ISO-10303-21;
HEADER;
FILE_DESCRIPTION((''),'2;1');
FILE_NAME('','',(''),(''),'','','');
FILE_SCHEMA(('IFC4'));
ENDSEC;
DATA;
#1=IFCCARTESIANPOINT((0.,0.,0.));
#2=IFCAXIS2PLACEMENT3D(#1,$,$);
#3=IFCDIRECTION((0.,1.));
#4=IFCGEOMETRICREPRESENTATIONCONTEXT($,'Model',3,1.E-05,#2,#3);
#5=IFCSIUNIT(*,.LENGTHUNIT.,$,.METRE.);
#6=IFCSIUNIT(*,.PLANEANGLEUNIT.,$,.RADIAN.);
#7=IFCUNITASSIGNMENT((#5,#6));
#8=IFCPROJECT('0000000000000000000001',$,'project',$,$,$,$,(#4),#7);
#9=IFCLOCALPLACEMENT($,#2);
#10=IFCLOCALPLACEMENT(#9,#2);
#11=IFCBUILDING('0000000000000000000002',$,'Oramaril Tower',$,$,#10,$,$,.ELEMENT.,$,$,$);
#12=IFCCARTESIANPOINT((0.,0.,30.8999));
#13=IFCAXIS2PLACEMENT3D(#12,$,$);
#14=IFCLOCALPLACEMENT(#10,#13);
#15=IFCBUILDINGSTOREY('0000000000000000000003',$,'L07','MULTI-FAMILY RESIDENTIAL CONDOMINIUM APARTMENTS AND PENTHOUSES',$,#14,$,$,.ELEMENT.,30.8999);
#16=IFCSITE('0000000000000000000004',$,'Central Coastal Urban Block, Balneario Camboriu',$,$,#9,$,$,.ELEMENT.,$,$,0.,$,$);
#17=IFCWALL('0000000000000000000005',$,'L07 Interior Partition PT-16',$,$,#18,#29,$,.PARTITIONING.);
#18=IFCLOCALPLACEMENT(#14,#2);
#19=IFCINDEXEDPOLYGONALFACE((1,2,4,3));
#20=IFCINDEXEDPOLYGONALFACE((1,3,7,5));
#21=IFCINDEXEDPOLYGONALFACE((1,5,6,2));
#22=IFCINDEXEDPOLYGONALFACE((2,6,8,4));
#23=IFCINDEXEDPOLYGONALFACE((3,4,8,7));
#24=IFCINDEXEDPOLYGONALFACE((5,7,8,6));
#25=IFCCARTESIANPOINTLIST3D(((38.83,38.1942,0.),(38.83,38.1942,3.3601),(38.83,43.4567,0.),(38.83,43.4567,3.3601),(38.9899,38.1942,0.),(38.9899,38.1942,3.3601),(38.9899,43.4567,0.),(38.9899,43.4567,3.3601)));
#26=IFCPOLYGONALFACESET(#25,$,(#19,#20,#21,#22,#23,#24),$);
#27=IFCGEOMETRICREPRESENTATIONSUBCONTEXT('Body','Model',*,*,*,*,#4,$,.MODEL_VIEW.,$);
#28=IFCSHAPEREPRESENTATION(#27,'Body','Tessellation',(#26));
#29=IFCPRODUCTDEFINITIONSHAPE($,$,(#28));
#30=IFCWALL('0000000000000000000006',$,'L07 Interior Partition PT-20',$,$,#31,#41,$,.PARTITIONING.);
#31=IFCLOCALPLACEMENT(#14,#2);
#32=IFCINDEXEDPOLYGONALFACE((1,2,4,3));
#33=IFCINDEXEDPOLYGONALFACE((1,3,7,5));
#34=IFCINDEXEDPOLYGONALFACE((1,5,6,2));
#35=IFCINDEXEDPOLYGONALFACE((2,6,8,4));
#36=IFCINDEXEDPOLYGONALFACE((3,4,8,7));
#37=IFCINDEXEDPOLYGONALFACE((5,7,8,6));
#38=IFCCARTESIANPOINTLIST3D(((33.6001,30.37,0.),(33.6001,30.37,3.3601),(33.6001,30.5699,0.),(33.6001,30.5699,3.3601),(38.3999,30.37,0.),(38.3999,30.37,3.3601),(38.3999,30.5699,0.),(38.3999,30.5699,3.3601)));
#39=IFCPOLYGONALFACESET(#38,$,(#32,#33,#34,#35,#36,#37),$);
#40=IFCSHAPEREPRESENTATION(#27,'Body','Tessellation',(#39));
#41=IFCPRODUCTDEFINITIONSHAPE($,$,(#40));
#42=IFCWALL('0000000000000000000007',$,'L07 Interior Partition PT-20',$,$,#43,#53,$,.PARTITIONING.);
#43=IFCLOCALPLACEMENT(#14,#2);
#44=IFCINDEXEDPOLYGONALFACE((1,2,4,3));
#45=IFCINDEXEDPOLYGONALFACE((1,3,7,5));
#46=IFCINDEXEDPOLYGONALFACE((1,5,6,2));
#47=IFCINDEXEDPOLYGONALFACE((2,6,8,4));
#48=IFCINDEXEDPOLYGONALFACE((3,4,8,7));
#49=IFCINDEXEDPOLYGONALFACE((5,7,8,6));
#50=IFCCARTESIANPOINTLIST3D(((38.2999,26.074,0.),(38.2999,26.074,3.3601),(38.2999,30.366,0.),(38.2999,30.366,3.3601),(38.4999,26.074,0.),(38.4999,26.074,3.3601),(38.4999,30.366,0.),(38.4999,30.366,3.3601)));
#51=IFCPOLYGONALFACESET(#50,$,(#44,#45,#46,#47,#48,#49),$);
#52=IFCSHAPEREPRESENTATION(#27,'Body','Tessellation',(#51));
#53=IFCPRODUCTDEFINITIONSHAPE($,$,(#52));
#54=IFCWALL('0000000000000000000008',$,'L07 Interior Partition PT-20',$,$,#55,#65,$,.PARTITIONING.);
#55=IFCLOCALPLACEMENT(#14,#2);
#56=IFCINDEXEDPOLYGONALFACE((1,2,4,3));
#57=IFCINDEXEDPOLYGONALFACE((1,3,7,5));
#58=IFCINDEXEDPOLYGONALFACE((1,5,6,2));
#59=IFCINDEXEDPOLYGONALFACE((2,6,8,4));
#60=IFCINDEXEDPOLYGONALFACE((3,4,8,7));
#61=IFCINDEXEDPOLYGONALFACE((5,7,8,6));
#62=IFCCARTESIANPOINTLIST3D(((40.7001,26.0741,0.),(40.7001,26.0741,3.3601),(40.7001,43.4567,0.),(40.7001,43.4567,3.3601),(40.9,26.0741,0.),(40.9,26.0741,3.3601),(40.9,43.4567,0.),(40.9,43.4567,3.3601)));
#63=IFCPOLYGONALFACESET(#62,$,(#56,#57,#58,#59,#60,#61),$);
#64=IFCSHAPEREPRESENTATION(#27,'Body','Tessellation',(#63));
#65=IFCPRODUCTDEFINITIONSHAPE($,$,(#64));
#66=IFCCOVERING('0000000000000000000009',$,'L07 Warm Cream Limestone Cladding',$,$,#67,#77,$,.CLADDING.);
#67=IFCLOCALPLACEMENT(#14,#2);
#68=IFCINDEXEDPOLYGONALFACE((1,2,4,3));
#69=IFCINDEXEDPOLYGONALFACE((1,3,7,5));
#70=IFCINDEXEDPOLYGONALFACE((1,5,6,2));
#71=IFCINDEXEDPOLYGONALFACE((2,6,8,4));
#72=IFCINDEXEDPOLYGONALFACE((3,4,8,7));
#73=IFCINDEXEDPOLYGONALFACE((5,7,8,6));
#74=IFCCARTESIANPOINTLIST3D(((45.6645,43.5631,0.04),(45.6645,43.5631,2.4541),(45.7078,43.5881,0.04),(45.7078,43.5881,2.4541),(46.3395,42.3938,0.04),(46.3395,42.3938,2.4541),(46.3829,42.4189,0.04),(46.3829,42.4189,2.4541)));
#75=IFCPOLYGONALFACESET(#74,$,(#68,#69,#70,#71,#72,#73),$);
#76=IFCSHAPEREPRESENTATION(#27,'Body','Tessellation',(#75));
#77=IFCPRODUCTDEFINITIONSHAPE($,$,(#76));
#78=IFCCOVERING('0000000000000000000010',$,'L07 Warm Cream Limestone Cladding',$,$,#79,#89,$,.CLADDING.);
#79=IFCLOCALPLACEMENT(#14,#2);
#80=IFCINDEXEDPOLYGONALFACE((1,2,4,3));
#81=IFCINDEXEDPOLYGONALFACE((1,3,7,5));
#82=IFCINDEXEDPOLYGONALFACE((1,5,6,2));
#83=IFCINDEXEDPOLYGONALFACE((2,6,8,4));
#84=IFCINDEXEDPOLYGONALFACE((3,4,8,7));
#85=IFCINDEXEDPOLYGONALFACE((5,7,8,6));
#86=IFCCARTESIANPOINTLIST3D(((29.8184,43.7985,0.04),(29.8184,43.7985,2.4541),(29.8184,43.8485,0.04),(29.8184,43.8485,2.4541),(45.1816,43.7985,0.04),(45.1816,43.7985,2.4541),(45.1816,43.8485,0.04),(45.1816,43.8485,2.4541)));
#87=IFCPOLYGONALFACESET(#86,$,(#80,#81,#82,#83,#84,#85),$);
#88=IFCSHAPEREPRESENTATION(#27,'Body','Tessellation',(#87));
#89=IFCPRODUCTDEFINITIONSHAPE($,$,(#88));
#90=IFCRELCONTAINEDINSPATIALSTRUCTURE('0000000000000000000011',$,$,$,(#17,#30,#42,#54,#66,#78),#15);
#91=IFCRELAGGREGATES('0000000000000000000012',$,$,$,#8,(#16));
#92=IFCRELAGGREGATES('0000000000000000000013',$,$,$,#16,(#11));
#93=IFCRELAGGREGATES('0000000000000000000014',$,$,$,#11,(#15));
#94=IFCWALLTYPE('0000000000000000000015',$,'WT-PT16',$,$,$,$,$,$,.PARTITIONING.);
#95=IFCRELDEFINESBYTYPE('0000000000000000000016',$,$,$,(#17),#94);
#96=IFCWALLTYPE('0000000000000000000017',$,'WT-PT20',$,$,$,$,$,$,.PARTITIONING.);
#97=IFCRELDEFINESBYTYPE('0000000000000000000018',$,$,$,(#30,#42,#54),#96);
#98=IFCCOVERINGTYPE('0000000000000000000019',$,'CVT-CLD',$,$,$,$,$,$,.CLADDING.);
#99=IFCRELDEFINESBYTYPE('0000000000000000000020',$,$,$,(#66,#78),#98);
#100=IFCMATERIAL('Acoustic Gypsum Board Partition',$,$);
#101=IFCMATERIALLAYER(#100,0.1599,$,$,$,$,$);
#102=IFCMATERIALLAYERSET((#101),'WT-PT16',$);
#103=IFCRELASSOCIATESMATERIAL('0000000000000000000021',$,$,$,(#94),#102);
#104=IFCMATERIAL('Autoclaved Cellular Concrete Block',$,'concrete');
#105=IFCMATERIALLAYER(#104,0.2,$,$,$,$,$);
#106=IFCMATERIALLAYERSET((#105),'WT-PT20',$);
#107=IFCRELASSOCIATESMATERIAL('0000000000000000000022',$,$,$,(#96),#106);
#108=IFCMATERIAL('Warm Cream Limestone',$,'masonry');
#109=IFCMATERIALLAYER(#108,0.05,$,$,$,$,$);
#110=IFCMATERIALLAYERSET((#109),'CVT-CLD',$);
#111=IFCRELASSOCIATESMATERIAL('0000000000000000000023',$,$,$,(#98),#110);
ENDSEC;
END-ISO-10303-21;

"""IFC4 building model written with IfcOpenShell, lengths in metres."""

from ifc_helpers import new_model, si_unit, direction, frame, frame_2d, origin, origin_2d, place, context, subcontext, project, spatial, rectangle, extrude, material, layer, layer_set, type_object, element, save


model = new_model("IFC4")

# Units and contexts
model_context = context("Model", 3, precision=1e-05, world=origin(), true_north=direction((0.0, 1.0)))
body_context = subcontext(model_context, "Body", "Model", "MODEL_VIEW")
ifc_project = project(units=[si_unit("LENGTHUNIT", "METRE"), si_unit("PLANEANGLEUNIT", "RADIAN")], contexts=[model_context])

# Site, building, storey
site_placement = place(None, origin())
site = spatial("IfcSite", under=ifc_project, at=site_placement, Name="Central Coastal Urban Block, Balneario Camboriu", CompositionType="ELEMENT", RefElevation=0.0)
building_placement = place(site_placement, origin())
building = spatial("IfcBuilding", under=site, at=building_placement, Name="Oramaril Tower", CompositionType="ELEMENT")
storey_placement = place(building_placement, frame((0.0, 0.0, 30.8999)))
storey = spatial("IfcBuildingStorey", under=building, at=storey_placement, Name="L07", Description="MULTI-FAMILY RESIDENTIAL CONDOMINIUM APARTMENTS AND PENTHOUSES", CompositionType="ELEMENT", Elevation=30.8999)

# Walls
ifc_material_1 = material(Name="Acoustic Gypsum Board Partition")
ifc_layer_1 = layer(ifc_material_1, 0.1599)
ifc_layer_set_1 = layer_set([ifc_layer_1], Name="WT-PT16")
wall_type_1 = type_object("IfcWallType", Name="WT-PT16", PredefinedType="PARTITIONING", material=ifc_layer_set_1)
wall_1_placement = place(storey_placement, frame((38.9099, 38.1941, 0.0), z_axis=(0.0, 0.0, 1.0), x_axis=(0.0, 1.0, 0.0)))
element("IfcWall", 1, at=wall_1_placement, inside=storey, type_object=wall_type_1, Name="L07 Interior Partition PT-16", PredefinedType="PARTITIONING", context=body_context, shape_type="SweptSolid", body=[
    extrude(rectangle(XDim=5.2625, YDim=0.1599, at=frame_2d((2.6313, 0.0))), origin(), (0.0, 0.0, 1.0), 3.3601),
])
ifc_material_2 = material(Name="Autoclaved Cellular Concrete Block", Category="concrete")
ifc_layer_2 = layer(ifc_material_2, 0.2)
ifc_layer_set_2 = layer_set([ifc_layer_2], Name="WT-PT20")
wall_type_2 = type_object("IfcWallType", Name="WT-PT20", PredefinedType="PARTITIONING", material=ifc_layer_set_2)
wall_2_placement = place(storey_placement, frame((33.6001, 30.47, 0.0), z_axis=(0.0, 0.0, 1.0), x_axis=(1.0, 0.0, 0.0)))
element("IfcWall", 2, at=wall_2_placement, inside=storey, type_object=wall_type_2, Name="L07 Interior Partition PT-20", PredefinedType="PARTITIONING", context=body_context, shape_type="SweptSolid", body=[
    extrude(rectangle(XDim=4.7998, YDim=0.2, at=frame_2d((2.3999, 0.0))), origin(), (0.0, 0.0, 1.0), 3.3601),
])
wall_3_placement = place(storey_placement, frame((38.3999, 26.074, 0.0), z_axis=(0.0, 0.0, 1.0), x_axis=(0.0, 1.0, 0.0)))
element("IfcWall", 3, at=wall_3_placement, inside=storey, type_object=wall_type_2, Name="L07 Interior Partition PT-20", PredefinedType="PARTITIONING", context=body_context, shape_type="SweptSolid", body=[
    extrude(rectangle(XDim=4.292, YDim=0.2, at=frame_2d((2.146, 0.0))), origin(), (0.0, 0.0, 1.0), 3.3601),
])
wall_4_placement = place(storey_placement, frame((40.8, 26.074, 0.0), z_axis=(0.0, 0.0, 1.0), x_axis=(0.0, 1.0, 0.0)))
element("IfcWall", 4, at=wall_4_placement, inside=storey, type_object=wall_type_2, Name="L07 Interior Partition PT-20", PredefinedType="PARTITIONING", context=body_context, shape_type="SweptSolid", body=[
    extrude(rectangle(XDim=17.3826, YDim=0.2, at=frame_2d((8.6914, 0.0))), origin(), (0.0, 0.0, 1.0), 3.3601),
])

# Coverings
ifc_material_3 = material(Name="Warm Cream Limestone", Category="masonry")
ifc_layer_3 = layer(ifc_material_3, 0.05)
ifc_layer_set_3 = layer_set([ifc_layer_3], Name="CVT-CLD")
covering_type = type_object("IfcCoveringType", Name="CVT-CLD", PredefinedType="CLADDING", material=ifc_layer_set_3)
covering_1_placement = place(storey_placement, frame((46.0237, 42.991, 0.04), z_axis=(0.0, 0.0, 1.0), x_axis=(-0.5, 0.866025, 0.0)))
element("IfcCovering", 5, at=covering_1_placement, inside=storey, type_object=covering_type, Name="L07 Warm Cream Limestone Cladding", PredefinedType="CLADDING", context=body_context, shape_type="SweptSolid", body=[
    extrude(rectangle(XDim=1.3501, YDim=0.05, at=origin_2d()), origin(), (0.0, 0.0, 1.0), 2.4141),
])
covering_2_placement = place(storey_placement, frame((37.5, 43.8235, 0.04), z_axis=(0.0, 0.0, 1.0), x_axis=(-1.0, 0.0, 0.0)))
element("IfcCovering", 6, at=covering_2_placement, inside=storey, type_object=covering_type, Name="L07 Warm Cream Limestone Cladding", PredefinedType="CLADDING", context=body_context, shape_type="SweptSolid", body=[
    extrude(rectangle(XDim=15.3633, YDim=0.05, at=origin_2d()), origin(), (0.0, 0.0, 1.0), 2.4141),
])

save(model, "model.ifc")
